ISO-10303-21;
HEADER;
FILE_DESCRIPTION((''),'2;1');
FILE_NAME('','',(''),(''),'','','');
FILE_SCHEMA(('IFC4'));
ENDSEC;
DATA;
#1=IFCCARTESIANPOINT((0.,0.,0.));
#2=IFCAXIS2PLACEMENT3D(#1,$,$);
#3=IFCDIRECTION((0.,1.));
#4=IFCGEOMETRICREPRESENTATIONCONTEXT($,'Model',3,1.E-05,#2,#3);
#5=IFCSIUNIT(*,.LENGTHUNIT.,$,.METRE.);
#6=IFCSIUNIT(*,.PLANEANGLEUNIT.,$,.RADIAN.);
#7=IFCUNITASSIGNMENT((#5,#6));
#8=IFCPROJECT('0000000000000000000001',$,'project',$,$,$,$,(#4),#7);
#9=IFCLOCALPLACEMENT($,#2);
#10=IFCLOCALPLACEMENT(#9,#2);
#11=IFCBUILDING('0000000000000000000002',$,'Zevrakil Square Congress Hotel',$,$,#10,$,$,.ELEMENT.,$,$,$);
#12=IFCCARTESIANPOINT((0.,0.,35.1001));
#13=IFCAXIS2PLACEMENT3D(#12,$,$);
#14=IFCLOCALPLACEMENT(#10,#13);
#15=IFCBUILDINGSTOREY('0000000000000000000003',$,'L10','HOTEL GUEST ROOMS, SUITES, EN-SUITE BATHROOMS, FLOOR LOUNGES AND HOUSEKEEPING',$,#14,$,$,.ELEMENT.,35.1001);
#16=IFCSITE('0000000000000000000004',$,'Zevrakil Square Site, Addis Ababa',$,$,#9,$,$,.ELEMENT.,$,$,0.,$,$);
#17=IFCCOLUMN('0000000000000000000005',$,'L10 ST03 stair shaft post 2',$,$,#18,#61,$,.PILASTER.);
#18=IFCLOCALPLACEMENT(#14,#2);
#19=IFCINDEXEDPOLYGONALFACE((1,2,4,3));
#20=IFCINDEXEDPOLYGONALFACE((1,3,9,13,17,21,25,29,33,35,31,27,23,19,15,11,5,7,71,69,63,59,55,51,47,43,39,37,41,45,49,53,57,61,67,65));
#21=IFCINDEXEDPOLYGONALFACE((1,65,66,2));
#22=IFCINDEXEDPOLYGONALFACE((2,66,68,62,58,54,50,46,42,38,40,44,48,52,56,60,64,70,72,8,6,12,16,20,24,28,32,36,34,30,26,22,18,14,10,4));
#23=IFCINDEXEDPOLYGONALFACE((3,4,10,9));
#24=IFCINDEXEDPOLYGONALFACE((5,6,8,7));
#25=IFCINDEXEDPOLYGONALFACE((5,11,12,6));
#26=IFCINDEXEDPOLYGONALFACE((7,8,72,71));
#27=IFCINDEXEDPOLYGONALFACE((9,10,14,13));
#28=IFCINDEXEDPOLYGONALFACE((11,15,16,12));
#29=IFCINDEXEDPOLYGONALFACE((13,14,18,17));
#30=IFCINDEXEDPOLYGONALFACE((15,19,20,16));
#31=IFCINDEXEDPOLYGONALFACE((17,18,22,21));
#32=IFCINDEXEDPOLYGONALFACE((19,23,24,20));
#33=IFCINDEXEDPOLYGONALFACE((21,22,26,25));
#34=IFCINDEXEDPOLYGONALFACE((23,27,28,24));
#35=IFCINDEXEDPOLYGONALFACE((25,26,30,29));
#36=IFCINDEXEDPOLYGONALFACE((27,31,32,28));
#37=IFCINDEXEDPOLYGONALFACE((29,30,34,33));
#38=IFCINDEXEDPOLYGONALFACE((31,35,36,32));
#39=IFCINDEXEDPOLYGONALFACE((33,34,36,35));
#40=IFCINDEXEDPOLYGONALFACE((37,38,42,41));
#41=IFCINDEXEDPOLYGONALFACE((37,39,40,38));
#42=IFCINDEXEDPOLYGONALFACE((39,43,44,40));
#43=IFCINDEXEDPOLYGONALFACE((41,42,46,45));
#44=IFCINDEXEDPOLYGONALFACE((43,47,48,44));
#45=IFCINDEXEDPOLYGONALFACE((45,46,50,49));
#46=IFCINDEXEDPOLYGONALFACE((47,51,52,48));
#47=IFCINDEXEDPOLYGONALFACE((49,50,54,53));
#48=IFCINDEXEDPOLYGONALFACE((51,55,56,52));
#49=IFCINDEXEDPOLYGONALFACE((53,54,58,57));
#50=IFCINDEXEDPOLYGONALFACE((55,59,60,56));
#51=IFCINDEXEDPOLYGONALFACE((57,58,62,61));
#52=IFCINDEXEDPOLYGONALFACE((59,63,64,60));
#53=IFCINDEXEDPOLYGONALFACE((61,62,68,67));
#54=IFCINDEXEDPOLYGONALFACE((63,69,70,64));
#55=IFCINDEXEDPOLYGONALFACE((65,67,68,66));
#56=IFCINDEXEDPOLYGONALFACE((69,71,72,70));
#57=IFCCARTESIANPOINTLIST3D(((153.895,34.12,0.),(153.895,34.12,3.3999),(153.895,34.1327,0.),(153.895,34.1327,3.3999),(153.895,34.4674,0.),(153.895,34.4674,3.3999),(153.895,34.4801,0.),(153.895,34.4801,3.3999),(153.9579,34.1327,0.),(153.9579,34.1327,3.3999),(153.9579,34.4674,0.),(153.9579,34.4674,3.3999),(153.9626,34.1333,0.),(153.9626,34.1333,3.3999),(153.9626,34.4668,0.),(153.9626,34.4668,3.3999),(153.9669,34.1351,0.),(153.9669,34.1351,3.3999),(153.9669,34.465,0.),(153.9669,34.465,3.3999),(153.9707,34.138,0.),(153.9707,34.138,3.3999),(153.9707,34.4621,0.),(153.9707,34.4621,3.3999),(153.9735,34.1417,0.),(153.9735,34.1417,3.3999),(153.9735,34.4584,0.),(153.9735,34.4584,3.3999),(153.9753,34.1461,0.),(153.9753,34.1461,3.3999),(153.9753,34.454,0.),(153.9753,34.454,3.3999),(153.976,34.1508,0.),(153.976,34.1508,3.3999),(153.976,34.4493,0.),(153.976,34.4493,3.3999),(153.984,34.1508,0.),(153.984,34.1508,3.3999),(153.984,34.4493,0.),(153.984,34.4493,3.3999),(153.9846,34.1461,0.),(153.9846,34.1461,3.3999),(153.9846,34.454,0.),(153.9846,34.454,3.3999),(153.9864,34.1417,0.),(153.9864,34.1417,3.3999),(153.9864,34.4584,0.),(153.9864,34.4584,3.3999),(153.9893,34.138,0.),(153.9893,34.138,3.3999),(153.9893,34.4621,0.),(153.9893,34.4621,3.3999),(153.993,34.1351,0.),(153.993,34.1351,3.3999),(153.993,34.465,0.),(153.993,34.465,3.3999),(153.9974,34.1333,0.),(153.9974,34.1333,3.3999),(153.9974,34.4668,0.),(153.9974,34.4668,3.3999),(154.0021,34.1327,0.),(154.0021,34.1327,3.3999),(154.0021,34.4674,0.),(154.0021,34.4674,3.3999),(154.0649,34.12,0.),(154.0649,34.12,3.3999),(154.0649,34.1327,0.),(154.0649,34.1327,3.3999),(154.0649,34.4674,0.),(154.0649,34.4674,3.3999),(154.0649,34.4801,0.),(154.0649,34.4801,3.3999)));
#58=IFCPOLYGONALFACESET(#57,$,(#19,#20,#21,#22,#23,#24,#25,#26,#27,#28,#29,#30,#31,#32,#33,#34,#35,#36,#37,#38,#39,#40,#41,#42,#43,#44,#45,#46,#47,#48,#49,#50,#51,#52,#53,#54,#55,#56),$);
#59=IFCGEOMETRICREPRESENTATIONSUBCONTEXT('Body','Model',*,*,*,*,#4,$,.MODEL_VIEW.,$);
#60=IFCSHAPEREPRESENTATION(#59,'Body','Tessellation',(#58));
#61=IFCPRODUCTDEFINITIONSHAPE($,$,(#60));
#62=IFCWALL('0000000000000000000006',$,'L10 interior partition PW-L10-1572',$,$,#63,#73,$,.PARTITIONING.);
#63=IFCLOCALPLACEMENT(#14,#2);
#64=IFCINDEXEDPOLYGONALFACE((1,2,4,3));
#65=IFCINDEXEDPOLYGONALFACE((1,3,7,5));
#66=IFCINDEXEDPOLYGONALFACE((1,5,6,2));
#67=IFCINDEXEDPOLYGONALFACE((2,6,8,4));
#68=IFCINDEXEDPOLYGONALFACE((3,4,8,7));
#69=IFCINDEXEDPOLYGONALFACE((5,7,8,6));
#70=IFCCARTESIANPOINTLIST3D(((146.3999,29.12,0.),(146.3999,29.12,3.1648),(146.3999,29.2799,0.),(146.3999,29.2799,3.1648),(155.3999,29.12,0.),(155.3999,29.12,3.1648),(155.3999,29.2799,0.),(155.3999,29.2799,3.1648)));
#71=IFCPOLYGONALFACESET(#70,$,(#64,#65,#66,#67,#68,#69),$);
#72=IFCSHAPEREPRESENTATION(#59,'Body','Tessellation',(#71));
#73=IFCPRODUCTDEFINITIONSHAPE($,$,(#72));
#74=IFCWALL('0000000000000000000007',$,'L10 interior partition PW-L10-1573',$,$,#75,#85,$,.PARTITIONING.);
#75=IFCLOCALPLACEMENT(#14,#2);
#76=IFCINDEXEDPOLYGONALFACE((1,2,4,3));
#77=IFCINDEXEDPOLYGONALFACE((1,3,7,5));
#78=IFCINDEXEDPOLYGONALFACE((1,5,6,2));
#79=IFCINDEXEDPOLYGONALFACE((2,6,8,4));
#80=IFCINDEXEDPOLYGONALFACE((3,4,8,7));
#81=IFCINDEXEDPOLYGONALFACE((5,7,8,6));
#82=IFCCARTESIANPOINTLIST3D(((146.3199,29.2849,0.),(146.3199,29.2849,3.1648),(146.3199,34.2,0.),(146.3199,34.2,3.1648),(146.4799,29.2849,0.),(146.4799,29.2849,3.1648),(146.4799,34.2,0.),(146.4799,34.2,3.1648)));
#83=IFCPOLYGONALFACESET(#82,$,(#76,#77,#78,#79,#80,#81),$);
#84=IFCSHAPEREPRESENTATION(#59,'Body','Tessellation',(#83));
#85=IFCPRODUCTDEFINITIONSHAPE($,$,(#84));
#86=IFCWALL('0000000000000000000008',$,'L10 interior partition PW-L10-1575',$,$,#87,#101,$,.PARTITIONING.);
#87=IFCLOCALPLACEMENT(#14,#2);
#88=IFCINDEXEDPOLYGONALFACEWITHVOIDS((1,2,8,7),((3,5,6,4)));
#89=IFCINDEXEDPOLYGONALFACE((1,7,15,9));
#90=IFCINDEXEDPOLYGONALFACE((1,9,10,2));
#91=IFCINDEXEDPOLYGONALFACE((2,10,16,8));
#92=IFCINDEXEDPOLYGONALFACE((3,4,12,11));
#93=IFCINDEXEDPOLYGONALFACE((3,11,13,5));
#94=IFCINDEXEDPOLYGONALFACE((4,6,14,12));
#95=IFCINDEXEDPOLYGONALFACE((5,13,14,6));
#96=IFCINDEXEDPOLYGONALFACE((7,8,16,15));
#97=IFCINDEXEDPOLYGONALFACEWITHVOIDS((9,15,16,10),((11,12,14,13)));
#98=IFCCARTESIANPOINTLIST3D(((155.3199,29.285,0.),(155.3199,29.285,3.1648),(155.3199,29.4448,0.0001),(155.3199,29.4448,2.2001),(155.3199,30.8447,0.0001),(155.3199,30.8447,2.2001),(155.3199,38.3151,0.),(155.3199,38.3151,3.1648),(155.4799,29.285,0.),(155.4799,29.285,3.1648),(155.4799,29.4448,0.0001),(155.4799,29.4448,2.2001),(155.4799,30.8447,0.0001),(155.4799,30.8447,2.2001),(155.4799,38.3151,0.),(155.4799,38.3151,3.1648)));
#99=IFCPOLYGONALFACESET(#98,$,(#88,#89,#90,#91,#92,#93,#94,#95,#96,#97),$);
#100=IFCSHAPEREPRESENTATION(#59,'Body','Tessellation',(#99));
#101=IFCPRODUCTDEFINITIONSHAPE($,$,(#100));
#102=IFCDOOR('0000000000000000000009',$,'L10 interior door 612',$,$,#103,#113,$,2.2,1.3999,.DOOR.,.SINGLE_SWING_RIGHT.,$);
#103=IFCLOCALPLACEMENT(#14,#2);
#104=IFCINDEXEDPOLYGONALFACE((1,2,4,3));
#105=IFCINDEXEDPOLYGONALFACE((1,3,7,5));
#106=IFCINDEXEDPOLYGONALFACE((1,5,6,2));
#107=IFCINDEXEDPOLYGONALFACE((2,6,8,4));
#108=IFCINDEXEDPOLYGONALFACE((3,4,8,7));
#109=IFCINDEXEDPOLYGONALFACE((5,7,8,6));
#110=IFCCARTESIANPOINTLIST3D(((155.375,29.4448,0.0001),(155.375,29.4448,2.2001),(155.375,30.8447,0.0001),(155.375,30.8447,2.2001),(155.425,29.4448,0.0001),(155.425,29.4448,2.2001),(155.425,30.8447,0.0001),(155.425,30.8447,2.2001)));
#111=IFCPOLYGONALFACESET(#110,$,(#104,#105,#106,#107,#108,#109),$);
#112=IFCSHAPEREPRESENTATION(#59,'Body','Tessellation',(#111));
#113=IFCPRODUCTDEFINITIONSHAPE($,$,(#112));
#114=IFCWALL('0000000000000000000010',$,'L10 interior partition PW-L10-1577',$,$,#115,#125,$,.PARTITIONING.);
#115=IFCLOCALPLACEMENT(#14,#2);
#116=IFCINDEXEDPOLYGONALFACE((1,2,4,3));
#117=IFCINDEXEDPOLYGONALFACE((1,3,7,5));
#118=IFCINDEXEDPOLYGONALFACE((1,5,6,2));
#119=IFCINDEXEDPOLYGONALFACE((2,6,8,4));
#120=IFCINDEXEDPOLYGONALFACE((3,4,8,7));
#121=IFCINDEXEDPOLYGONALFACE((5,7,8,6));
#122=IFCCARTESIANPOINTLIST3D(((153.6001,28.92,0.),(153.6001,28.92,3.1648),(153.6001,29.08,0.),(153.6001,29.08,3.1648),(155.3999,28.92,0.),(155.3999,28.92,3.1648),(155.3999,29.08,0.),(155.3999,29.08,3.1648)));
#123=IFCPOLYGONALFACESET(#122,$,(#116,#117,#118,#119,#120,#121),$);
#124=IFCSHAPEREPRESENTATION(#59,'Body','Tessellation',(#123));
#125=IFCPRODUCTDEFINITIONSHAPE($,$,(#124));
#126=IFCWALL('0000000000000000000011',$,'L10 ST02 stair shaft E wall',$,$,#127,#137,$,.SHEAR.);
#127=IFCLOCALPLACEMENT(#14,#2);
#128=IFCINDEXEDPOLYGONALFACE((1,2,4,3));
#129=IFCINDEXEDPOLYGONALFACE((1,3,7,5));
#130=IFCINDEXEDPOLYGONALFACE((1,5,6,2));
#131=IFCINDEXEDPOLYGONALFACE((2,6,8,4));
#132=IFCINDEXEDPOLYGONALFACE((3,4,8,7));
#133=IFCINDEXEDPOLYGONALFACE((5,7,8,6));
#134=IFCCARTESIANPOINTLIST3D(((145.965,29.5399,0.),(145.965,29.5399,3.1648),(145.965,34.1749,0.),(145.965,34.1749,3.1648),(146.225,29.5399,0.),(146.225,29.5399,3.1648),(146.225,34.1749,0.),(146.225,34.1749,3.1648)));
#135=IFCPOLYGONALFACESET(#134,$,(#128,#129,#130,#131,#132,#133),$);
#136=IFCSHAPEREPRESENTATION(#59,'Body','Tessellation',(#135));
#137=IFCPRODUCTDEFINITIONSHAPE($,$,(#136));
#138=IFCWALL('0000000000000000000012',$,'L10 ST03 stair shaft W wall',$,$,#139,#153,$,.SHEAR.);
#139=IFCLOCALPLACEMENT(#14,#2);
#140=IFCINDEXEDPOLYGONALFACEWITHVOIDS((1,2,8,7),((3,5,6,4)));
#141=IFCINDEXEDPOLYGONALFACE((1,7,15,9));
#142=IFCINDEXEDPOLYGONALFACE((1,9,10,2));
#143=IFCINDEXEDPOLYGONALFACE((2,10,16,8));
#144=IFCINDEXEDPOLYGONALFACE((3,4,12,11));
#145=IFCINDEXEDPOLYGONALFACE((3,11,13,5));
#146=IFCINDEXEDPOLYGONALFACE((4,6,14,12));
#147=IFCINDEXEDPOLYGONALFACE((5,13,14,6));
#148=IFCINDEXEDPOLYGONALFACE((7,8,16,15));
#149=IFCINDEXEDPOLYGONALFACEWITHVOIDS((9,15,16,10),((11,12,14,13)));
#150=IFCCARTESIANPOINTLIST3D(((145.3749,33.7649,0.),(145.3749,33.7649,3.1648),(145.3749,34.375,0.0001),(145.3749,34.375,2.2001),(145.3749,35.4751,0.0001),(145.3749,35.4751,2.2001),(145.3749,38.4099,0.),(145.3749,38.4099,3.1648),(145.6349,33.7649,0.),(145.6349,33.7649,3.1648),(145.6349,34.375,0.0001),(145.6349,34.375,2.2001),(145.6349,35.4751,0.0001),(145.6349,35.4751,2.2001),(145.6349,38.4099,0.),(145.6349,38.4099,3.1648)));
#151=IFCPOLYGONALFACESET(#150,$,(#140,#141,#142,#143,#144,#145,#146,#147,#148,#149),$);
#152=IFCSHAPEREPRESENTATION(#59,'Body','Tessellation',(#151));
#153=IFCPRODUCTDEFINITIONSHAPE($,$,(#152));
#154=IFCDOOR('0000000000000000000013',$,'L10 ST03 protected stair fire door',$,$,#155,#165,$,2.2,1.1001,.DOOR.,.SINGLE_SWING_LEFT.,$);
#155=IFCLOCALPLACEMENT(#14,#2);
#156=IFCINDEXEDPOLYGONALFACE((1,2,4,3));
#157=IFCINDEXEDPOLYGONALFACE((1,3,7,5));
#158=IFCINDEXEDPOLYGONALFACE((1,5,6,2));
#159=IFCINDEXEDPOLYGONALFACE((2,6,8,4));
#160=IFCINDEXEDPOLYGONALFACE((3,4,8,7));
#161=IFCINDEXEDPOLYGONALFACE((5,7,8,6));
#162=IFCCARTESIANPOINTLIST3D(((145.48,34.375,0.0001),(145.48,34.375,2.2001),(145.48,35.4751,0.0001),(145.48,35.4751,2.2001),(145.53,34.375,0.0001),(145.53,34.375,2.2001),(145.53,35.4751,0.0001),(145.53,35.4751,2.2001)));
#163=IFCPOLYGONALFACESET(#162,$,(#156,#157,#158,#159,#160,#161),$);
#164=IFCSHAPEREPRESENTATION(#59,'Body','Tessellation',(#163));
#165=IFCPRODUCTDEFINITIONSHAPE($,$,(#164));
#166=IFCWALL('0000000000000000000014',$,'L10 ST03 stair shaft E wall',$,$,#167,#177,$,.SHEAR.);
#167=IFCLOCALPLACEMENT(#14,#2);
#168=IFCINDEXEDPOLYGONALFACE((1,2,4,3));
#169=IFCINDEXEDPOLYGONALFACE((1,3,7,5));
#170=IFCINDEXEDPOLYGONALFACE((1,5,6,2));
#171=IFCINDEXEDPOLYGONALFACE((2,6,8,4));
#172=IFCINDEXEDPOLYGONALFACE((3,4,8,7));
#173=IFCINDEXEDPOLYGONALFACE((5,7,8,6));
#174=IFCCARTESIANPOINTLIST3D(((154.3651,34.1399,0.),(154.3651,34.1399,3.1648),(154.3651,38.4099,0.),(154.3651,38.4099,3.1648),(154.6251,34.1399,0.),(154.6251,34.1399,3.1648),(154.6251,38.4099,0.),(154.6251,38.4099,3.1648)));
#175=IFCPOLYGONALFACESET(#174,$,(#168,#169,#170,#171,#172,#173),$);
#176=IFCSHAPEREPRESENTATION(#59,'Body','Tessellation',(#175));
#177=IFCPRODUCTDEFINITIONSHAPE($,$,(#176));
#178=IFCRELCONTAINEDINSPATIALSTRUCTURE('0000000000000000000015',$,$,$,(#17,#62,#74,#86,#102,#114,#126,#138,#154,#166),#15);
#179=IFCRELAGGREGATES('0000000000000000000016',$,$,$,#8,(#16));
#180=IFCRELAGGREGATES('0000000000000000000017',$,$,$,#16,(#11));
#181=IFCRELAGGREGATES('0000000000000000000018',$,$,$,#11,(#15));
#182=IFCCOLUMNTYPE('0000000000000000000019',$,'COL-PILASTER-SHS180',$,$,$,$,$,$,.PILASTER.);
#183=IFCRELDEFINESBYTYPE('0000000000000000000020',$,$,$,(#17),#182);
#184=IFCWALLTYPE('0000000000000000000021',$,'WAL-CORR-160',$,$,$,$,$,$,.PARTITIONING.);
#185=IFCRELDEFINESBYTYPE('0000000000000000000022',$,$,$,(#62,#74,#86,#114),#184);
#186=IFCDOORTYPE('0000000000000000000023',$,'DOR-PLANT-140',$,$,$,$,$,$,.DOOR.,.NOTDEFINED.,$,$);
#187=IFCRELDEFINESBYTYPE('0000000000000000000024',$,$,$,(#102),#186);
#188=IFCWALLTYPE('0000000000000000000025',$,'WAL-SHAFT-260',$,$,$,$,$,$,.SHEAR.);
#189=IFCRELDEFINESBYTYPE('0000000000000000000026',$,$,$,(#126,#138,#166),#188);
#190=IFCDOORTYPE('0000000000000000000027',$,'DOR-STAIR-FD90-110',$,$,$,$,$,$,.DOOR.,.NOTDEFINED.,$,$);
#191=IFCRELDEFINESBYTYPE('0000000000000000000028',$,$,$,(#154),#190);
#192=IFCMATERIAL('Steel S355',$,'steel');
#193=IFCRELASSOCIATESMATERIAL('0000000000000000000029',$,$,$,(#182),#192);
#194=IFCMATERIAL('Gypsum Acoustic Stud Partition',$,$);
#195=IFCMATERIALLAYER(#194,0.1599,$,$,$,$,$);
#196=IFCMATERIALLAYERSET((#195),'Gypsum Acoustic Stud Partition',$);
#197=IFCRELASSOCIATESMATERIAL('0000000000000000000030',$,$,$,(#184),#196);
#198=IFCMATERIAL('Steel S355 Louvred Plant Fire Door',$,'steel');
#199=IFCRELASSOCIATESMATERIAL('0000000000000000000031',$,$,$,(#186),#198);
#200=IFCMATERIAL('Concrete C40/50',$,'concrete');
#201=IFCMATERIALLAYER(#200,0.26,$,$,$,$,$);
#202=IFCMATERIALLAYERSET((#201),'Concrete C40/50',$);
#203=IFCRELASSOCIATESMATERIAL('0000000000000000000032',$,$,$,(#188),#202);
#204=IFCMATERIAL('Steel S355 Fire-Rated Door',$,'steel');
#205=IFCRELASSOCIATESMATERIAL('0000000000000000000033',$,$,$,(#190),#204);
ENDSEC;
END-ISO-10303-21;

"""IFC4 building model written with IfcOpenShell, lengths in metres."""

from ifc_helpers import new_model, si_unit, direction, frame, frame_2d, origin, origin_2d, place, context, subcontext, project, spatial, rectangle, i_section, extrude, material, layer, layer_set, material_profile, profile_set, type_object, element, fill, save


model = new_model("IFC4")

# Units and contexts
model_context = context("Model", 3, precision=1e-05, world=origin(), true_north=direction((0.0, 1.0)))
body_context = subcontext(model_context, "Body", "Model", "MODEL_VIEW")
ifc_project = project(units=[si_unit("LENGTHUNIT", "METRE"), si_unit("PLANEANGLEUNIT", "RADIAN")], contexts=[model_context])

# Site, building, storey
site_placement = place(None, origin())
site = spatial("IfcSite", under=ifc_project, at=site_placement, Name="Zevrakil Square Site, Addis Ababa", CompositionType="ELEMENT", RefElevation=0.0)
building_placement = place(site_placement, origin())
building = spatial("IfcBuilding", under=site, at=building_placement, Name="Zevrakil Square Congress Hotel", CompositionType="ELEMENT")
storey_placement = place(building_placement, frame((0.0, 0.0, 35.1001)))
storey = spatial("IfcBuildingStorey", under=building, at=storey_placement, Name="L10", Description="HOTEL GUEST ROOMS, SUITES, EN-SUITE BATHROOMS, FLOOR LOUNGES AND HOUSEKEEPING", CompositionType="ELEMENT", Elevation=35.1001)

# Column
ifc_material_1 = material(Name="Steel S355", Category="steel")
ifc_material_profile = material_profile(ifc_material_1, i_section(OverallWidth=0.1699, OverallDepth=0.3601, WebThickness=0.0081, FlangeThickness=0.0127, FilletRadius=0.0181, at=origin_2d()), Name="IPE 360")
ifc_profile_set = profile_set([ifc_material_profile], Name="Steel S355")
column_type = type_object("IfcColumnType", Name="COL-PILASTER-SHS180", PredefinedType="PILASTER", material=ifc_profile_set)
for number, where, z_axis, x_axis, name in (
    (1, (153.98, 34.3, 0.0), (0.0, 0.0, 1.0), (1.0, 0.0, 0.0), "L10 ST03 stair shaft post 2"),
):
    element("IfcColumn", number, at=place(storey_placement, frame(where, z_axis=z_axis, x_axis=x_axis)), inside=storey, type_object=column_type, Name=name, PredefinedType="PILASTER", context=body_context, shape_type="SweptSolid", body=[
        extrude(i_section(OverallWidth=0.1699, OverallDepth=0.3601, WebThickness=0.0081, FlangeThickness=0.0127, FilletRadius=0.0181, at=origin_2d()), origin(), (0.0, 0.0, 1.0), 3.3999),
    ])

# Walls
ifc_material_2 = material(Name="Gypsum Acoustic Stud Partition")
ifc_layer_1 = layer(ifc_material_2, 0.1599)
ifc_layer_set_1 = layer_set([ifc_layer_1], Name="Gypsum Acoustic Stud Partition")
wall_type_1 = type_object("IfcWallType", Name="WAL-CORR-160", PredefinedType="PARTITIONING", material=ifc_layer_set_1)
wall_1_placement = place(storey_placement, frame((146.3999, 29.2, 0.0), z_axis=(0.0, 0.0, 1.0), x_axis=(1.0, 0.0, 0.0)))
element("IfcWall", 2, at=wall_1_placement, inside=storey, type_object=wall_type_1, Name="L10 interior partition PW-L10-1572", PredefinedType="PARTITIONING", context=body_context, shape_type="SweptSolid", body=[
    extrude(rectangle(XDim=9.0, YDim=0.1599, at=frame_2d((4.5, 0.0))), origin(), (0.0, 0.0, 1.0), 3.1648),
])
wall_2_placement = place(storey_placement, frame((146.3999, 29.2849, 0.0), z_axis=(0.0, 0.0, 1.0), x_axis=(0.0, 1.0, 0.0)))
element("IfcWall", 3, at=wall_2_placement, inside=storey, type_object=wall_type_1, Name="L10 interior partition PW-L10-1573", PredefinedType="PARTITIONING", context=body_context, shape_type="SweptSolid", body=[
    extrude(rectangle(XDim=4.915, YDim=0.1599, at=frame_2d((2.4575, 0.0))), origin(), (0.0, 0.0, 1.0), 3.1648),
])

# Wall, opening, door
wall_3_placement = place(storey_placement, frame((155.3999, 29.2849, 0.0), z_axis=(0.0, 0.0, 1.0), x_axis=(0.0, 1.0, 0.0)))
wall_3 = element("IfcWall", 4, at=wall_3_placement, inside=storey, type_object=wall_type_1, Name="L10 interior partition PW-L10-1575", PredefinedType="PARTITIONING", context=body_context, shape_type="SweptSolid", body=[
    extrude(rectangle(XDim=9.03, YDim=0.1599, at=frame_2d((4.5151, 0.0))), origin(), (0.0, 0.0, 1.0), 3.1648),
])
opening_1_placement = place(wall_3_placement, frame((0.1599, 0.0, 0.0)))
opening_1 = element("IfcOpeningElement", 5, at=opening_1_placement, cuts=wall_3, PredefinedType="OPENING", context=body_context, shape_type="SweptSolid", body=[
    extrude(rectangle(XDim=1.3999, YDim=2.2, at=frame_2d((0.7, 1.1001))), frame((0.0, 0.0898, 0.0), z_axis=(0.0, -1.0, 0.0), x_axis=(1.0, 0.0, 0.0)), (0.0, 0.0, 1.0), 0.1799),
])
ifc_material_3 = material(Name="Steel S355 Louvred Plant Fire Door", Category="steel")
door_type_1 = type_object("IfcDoorType", Name="DOR-PLANT-140", OperationType="NOTDEFINED", PredefinedType="DOOR", material=ifc_material_3)
door_1_placement = place(opening_1_placement, origin())
door_1 = element("IfcDoor", 6, at=door_1_placement, inside=storey, type_object=door_type_1, Name="L10 interior door 612", OperationType="SINGLE_SWING_RIGHT", OverallHeight=2.2, OverallWidth=1.3999, PredefinedType="DOOR", context=body_context, shape_type="SweptSolid", body=[
    extrude(rectangle(XDim=1.3999, YDim=2.2, at=frame_2d((0.7, 1.1001))), frame((0.0, 0.0249, 0.0), z_axis=(0.0, -1.0, 0.0), x_axis=(1.0, 0.0, 0.0)), (0.0, 0.0, 1.0), 0.05),
])
fill(opening_1, door_1)

# Walls
wall_4_placement = place(storey_placement, frame((153.6001, 29.0, 0.0), z_axis=(0.0, 0.0, 1.0), x_axis=(1.0, 0.0, 0.0)))
element("IfcWall", 7, at=wall_4_placement, inside=storey, type_object=wall_type_1, Name="L10 interior partition PW-L10-1577", PredefinedType="PARTITIONING", context=body_context, shape_type="SweptSolid", body=[
    extrude(rectangle(XDim=1.7998, YDim=0.1599, at=frame_2d((0.8999, 0.0))), origin(), (0.0, 0.0, 1.0), 3.1648),
])
ifc_material_4 = material(Name="Concrete C40/50", Category="concrete")
ifc_layer_2 = layer(ifc_material_4, 0.26)
ifc_layer_set_2 = layer_set([ifc_layer_2], Name="Concrete C40/50")
wall_type_2 = type_object("IfcWallType", Name="WAL-SHAFT-260", PredefinedType="SHEAR", material=ifc_layer_set_2)
wall_5_placement = place(storey_placement, frame((146.095, 29.54, 0.0), z_axis=(0.0, 0.0, 1.0), x_axis=(0.0, 1.0, 0.0)))
element("IfcWall", 8, at=wall_5_placement, inside=storey, type_object=wall_type_2, Name="L10 ST02 stair shaft E wall", PredefinedType="SHEAR", context=body_context, shape_type="SweptSolid", body=[
    extrude(rectangle(XDim=4.635, YDim=0.26, at=frame_2d((2.3174, 0.0))), origin(), (0.0, 0.0, 1.0), 3.1648),
])

# Wall, opening, door
wall_6_placement = place(storey_placement, frame((145.5049, 33.7649, 0.0), z_axis=(0.0, 0.0, 1.0), x_axis=(0.0, 1.0, 0.0)))
wall_6 = element("IfcWall", 9, at=wall_6_placement, inside=storey, type_object=wall_type_2, Name="L10 ST03 stair shaft W wall", PredefinedType="SHEAR", context=body_context, shape_type="SweptSolid", body=[
    extrude(rectangle(XDim=4.645, YDim=0.26, at=frame_2d((2.3225, 0.0))), origin(), (0.0, 0.0, 1.0), 3.1648),
])
opening_2_placement = place(wall_6_placement, frame((0.6101, 0.0, 0.0)))
opening_2 = element("IfcOpeningElement", 10, at=opening_2_placement, cuts=wall_6, PredefinedType="OPENING", context=body_context, shape_type="SweptSolid", body=[
    extrude(rectangle(XDim=1.1001, YDim=2.2, at=frame_2d((0.55, 1.1001))), frame((0.0, 0.1401, 0.0), z_axis=(0.0, -1.0, 0.0), x_axis=(1.0, 0.0, 0.0)), (0.0, 0.0, 1.0), 0.28),
])
ifc_material_5 = material(Name="Steel S355 Fire-Rated Door", Category="steel")
door_type_2 = type_object("IfcDoorType", Name="DOR-STAIR-FD90-110", OperationType="NOTDEFINED", PredefinedType="DOOR", material=ifc_material_5)
door_2_placement = place(opening_2_placement, origin())
door_2 = element("IfcDoor", 11, at=door_2_placement, inside=storey, type_object=door_type_2, Name="L10 ST03 protected stair fire door", OperationType="SINGLE_SWING_LEFT", OverallHeight=2.2, OverallWidth=1.1001, PredefinedType="DOOR", context=body_context, shape_type="SweptSolid", body=[
    extrude(rectangle(XDim=1.1001, YDim=2.2, at=frame_2d((0.55, 1.1001))), frame((0.0, 0.0249, 0.0), z_axis=(0.0, -1.0, 0.0), x_axis=(1.0, 0.0, 0.0)), (0.0, 0.0, 1.0), 0.05),
])
fill(opening_2, door_2)

# Wall
wall_7_placement = place(storey_placement, frame((154.4951, 34.1399, 0.0), z_axis=(0.0, 0.0, 1.0), x_axis=(0.0, 1.0, 0.0)))
element("IfcWall", 12, at=wall_7_placement, inside=storey, type_object=wall_type_2, Name="L10 ST03 stair shaft E wall", PredefinedType="SHEAR", context=body_context, shape_type="SweptSolid", body=[
    extrude(rectangle(XDim=4.27, YDim=0.26, at=frame_2d((2.135, 0.0))), origin(), (0.0, 0.0, 1.0), 3.1648),
])

save(model, "model.ifc")
